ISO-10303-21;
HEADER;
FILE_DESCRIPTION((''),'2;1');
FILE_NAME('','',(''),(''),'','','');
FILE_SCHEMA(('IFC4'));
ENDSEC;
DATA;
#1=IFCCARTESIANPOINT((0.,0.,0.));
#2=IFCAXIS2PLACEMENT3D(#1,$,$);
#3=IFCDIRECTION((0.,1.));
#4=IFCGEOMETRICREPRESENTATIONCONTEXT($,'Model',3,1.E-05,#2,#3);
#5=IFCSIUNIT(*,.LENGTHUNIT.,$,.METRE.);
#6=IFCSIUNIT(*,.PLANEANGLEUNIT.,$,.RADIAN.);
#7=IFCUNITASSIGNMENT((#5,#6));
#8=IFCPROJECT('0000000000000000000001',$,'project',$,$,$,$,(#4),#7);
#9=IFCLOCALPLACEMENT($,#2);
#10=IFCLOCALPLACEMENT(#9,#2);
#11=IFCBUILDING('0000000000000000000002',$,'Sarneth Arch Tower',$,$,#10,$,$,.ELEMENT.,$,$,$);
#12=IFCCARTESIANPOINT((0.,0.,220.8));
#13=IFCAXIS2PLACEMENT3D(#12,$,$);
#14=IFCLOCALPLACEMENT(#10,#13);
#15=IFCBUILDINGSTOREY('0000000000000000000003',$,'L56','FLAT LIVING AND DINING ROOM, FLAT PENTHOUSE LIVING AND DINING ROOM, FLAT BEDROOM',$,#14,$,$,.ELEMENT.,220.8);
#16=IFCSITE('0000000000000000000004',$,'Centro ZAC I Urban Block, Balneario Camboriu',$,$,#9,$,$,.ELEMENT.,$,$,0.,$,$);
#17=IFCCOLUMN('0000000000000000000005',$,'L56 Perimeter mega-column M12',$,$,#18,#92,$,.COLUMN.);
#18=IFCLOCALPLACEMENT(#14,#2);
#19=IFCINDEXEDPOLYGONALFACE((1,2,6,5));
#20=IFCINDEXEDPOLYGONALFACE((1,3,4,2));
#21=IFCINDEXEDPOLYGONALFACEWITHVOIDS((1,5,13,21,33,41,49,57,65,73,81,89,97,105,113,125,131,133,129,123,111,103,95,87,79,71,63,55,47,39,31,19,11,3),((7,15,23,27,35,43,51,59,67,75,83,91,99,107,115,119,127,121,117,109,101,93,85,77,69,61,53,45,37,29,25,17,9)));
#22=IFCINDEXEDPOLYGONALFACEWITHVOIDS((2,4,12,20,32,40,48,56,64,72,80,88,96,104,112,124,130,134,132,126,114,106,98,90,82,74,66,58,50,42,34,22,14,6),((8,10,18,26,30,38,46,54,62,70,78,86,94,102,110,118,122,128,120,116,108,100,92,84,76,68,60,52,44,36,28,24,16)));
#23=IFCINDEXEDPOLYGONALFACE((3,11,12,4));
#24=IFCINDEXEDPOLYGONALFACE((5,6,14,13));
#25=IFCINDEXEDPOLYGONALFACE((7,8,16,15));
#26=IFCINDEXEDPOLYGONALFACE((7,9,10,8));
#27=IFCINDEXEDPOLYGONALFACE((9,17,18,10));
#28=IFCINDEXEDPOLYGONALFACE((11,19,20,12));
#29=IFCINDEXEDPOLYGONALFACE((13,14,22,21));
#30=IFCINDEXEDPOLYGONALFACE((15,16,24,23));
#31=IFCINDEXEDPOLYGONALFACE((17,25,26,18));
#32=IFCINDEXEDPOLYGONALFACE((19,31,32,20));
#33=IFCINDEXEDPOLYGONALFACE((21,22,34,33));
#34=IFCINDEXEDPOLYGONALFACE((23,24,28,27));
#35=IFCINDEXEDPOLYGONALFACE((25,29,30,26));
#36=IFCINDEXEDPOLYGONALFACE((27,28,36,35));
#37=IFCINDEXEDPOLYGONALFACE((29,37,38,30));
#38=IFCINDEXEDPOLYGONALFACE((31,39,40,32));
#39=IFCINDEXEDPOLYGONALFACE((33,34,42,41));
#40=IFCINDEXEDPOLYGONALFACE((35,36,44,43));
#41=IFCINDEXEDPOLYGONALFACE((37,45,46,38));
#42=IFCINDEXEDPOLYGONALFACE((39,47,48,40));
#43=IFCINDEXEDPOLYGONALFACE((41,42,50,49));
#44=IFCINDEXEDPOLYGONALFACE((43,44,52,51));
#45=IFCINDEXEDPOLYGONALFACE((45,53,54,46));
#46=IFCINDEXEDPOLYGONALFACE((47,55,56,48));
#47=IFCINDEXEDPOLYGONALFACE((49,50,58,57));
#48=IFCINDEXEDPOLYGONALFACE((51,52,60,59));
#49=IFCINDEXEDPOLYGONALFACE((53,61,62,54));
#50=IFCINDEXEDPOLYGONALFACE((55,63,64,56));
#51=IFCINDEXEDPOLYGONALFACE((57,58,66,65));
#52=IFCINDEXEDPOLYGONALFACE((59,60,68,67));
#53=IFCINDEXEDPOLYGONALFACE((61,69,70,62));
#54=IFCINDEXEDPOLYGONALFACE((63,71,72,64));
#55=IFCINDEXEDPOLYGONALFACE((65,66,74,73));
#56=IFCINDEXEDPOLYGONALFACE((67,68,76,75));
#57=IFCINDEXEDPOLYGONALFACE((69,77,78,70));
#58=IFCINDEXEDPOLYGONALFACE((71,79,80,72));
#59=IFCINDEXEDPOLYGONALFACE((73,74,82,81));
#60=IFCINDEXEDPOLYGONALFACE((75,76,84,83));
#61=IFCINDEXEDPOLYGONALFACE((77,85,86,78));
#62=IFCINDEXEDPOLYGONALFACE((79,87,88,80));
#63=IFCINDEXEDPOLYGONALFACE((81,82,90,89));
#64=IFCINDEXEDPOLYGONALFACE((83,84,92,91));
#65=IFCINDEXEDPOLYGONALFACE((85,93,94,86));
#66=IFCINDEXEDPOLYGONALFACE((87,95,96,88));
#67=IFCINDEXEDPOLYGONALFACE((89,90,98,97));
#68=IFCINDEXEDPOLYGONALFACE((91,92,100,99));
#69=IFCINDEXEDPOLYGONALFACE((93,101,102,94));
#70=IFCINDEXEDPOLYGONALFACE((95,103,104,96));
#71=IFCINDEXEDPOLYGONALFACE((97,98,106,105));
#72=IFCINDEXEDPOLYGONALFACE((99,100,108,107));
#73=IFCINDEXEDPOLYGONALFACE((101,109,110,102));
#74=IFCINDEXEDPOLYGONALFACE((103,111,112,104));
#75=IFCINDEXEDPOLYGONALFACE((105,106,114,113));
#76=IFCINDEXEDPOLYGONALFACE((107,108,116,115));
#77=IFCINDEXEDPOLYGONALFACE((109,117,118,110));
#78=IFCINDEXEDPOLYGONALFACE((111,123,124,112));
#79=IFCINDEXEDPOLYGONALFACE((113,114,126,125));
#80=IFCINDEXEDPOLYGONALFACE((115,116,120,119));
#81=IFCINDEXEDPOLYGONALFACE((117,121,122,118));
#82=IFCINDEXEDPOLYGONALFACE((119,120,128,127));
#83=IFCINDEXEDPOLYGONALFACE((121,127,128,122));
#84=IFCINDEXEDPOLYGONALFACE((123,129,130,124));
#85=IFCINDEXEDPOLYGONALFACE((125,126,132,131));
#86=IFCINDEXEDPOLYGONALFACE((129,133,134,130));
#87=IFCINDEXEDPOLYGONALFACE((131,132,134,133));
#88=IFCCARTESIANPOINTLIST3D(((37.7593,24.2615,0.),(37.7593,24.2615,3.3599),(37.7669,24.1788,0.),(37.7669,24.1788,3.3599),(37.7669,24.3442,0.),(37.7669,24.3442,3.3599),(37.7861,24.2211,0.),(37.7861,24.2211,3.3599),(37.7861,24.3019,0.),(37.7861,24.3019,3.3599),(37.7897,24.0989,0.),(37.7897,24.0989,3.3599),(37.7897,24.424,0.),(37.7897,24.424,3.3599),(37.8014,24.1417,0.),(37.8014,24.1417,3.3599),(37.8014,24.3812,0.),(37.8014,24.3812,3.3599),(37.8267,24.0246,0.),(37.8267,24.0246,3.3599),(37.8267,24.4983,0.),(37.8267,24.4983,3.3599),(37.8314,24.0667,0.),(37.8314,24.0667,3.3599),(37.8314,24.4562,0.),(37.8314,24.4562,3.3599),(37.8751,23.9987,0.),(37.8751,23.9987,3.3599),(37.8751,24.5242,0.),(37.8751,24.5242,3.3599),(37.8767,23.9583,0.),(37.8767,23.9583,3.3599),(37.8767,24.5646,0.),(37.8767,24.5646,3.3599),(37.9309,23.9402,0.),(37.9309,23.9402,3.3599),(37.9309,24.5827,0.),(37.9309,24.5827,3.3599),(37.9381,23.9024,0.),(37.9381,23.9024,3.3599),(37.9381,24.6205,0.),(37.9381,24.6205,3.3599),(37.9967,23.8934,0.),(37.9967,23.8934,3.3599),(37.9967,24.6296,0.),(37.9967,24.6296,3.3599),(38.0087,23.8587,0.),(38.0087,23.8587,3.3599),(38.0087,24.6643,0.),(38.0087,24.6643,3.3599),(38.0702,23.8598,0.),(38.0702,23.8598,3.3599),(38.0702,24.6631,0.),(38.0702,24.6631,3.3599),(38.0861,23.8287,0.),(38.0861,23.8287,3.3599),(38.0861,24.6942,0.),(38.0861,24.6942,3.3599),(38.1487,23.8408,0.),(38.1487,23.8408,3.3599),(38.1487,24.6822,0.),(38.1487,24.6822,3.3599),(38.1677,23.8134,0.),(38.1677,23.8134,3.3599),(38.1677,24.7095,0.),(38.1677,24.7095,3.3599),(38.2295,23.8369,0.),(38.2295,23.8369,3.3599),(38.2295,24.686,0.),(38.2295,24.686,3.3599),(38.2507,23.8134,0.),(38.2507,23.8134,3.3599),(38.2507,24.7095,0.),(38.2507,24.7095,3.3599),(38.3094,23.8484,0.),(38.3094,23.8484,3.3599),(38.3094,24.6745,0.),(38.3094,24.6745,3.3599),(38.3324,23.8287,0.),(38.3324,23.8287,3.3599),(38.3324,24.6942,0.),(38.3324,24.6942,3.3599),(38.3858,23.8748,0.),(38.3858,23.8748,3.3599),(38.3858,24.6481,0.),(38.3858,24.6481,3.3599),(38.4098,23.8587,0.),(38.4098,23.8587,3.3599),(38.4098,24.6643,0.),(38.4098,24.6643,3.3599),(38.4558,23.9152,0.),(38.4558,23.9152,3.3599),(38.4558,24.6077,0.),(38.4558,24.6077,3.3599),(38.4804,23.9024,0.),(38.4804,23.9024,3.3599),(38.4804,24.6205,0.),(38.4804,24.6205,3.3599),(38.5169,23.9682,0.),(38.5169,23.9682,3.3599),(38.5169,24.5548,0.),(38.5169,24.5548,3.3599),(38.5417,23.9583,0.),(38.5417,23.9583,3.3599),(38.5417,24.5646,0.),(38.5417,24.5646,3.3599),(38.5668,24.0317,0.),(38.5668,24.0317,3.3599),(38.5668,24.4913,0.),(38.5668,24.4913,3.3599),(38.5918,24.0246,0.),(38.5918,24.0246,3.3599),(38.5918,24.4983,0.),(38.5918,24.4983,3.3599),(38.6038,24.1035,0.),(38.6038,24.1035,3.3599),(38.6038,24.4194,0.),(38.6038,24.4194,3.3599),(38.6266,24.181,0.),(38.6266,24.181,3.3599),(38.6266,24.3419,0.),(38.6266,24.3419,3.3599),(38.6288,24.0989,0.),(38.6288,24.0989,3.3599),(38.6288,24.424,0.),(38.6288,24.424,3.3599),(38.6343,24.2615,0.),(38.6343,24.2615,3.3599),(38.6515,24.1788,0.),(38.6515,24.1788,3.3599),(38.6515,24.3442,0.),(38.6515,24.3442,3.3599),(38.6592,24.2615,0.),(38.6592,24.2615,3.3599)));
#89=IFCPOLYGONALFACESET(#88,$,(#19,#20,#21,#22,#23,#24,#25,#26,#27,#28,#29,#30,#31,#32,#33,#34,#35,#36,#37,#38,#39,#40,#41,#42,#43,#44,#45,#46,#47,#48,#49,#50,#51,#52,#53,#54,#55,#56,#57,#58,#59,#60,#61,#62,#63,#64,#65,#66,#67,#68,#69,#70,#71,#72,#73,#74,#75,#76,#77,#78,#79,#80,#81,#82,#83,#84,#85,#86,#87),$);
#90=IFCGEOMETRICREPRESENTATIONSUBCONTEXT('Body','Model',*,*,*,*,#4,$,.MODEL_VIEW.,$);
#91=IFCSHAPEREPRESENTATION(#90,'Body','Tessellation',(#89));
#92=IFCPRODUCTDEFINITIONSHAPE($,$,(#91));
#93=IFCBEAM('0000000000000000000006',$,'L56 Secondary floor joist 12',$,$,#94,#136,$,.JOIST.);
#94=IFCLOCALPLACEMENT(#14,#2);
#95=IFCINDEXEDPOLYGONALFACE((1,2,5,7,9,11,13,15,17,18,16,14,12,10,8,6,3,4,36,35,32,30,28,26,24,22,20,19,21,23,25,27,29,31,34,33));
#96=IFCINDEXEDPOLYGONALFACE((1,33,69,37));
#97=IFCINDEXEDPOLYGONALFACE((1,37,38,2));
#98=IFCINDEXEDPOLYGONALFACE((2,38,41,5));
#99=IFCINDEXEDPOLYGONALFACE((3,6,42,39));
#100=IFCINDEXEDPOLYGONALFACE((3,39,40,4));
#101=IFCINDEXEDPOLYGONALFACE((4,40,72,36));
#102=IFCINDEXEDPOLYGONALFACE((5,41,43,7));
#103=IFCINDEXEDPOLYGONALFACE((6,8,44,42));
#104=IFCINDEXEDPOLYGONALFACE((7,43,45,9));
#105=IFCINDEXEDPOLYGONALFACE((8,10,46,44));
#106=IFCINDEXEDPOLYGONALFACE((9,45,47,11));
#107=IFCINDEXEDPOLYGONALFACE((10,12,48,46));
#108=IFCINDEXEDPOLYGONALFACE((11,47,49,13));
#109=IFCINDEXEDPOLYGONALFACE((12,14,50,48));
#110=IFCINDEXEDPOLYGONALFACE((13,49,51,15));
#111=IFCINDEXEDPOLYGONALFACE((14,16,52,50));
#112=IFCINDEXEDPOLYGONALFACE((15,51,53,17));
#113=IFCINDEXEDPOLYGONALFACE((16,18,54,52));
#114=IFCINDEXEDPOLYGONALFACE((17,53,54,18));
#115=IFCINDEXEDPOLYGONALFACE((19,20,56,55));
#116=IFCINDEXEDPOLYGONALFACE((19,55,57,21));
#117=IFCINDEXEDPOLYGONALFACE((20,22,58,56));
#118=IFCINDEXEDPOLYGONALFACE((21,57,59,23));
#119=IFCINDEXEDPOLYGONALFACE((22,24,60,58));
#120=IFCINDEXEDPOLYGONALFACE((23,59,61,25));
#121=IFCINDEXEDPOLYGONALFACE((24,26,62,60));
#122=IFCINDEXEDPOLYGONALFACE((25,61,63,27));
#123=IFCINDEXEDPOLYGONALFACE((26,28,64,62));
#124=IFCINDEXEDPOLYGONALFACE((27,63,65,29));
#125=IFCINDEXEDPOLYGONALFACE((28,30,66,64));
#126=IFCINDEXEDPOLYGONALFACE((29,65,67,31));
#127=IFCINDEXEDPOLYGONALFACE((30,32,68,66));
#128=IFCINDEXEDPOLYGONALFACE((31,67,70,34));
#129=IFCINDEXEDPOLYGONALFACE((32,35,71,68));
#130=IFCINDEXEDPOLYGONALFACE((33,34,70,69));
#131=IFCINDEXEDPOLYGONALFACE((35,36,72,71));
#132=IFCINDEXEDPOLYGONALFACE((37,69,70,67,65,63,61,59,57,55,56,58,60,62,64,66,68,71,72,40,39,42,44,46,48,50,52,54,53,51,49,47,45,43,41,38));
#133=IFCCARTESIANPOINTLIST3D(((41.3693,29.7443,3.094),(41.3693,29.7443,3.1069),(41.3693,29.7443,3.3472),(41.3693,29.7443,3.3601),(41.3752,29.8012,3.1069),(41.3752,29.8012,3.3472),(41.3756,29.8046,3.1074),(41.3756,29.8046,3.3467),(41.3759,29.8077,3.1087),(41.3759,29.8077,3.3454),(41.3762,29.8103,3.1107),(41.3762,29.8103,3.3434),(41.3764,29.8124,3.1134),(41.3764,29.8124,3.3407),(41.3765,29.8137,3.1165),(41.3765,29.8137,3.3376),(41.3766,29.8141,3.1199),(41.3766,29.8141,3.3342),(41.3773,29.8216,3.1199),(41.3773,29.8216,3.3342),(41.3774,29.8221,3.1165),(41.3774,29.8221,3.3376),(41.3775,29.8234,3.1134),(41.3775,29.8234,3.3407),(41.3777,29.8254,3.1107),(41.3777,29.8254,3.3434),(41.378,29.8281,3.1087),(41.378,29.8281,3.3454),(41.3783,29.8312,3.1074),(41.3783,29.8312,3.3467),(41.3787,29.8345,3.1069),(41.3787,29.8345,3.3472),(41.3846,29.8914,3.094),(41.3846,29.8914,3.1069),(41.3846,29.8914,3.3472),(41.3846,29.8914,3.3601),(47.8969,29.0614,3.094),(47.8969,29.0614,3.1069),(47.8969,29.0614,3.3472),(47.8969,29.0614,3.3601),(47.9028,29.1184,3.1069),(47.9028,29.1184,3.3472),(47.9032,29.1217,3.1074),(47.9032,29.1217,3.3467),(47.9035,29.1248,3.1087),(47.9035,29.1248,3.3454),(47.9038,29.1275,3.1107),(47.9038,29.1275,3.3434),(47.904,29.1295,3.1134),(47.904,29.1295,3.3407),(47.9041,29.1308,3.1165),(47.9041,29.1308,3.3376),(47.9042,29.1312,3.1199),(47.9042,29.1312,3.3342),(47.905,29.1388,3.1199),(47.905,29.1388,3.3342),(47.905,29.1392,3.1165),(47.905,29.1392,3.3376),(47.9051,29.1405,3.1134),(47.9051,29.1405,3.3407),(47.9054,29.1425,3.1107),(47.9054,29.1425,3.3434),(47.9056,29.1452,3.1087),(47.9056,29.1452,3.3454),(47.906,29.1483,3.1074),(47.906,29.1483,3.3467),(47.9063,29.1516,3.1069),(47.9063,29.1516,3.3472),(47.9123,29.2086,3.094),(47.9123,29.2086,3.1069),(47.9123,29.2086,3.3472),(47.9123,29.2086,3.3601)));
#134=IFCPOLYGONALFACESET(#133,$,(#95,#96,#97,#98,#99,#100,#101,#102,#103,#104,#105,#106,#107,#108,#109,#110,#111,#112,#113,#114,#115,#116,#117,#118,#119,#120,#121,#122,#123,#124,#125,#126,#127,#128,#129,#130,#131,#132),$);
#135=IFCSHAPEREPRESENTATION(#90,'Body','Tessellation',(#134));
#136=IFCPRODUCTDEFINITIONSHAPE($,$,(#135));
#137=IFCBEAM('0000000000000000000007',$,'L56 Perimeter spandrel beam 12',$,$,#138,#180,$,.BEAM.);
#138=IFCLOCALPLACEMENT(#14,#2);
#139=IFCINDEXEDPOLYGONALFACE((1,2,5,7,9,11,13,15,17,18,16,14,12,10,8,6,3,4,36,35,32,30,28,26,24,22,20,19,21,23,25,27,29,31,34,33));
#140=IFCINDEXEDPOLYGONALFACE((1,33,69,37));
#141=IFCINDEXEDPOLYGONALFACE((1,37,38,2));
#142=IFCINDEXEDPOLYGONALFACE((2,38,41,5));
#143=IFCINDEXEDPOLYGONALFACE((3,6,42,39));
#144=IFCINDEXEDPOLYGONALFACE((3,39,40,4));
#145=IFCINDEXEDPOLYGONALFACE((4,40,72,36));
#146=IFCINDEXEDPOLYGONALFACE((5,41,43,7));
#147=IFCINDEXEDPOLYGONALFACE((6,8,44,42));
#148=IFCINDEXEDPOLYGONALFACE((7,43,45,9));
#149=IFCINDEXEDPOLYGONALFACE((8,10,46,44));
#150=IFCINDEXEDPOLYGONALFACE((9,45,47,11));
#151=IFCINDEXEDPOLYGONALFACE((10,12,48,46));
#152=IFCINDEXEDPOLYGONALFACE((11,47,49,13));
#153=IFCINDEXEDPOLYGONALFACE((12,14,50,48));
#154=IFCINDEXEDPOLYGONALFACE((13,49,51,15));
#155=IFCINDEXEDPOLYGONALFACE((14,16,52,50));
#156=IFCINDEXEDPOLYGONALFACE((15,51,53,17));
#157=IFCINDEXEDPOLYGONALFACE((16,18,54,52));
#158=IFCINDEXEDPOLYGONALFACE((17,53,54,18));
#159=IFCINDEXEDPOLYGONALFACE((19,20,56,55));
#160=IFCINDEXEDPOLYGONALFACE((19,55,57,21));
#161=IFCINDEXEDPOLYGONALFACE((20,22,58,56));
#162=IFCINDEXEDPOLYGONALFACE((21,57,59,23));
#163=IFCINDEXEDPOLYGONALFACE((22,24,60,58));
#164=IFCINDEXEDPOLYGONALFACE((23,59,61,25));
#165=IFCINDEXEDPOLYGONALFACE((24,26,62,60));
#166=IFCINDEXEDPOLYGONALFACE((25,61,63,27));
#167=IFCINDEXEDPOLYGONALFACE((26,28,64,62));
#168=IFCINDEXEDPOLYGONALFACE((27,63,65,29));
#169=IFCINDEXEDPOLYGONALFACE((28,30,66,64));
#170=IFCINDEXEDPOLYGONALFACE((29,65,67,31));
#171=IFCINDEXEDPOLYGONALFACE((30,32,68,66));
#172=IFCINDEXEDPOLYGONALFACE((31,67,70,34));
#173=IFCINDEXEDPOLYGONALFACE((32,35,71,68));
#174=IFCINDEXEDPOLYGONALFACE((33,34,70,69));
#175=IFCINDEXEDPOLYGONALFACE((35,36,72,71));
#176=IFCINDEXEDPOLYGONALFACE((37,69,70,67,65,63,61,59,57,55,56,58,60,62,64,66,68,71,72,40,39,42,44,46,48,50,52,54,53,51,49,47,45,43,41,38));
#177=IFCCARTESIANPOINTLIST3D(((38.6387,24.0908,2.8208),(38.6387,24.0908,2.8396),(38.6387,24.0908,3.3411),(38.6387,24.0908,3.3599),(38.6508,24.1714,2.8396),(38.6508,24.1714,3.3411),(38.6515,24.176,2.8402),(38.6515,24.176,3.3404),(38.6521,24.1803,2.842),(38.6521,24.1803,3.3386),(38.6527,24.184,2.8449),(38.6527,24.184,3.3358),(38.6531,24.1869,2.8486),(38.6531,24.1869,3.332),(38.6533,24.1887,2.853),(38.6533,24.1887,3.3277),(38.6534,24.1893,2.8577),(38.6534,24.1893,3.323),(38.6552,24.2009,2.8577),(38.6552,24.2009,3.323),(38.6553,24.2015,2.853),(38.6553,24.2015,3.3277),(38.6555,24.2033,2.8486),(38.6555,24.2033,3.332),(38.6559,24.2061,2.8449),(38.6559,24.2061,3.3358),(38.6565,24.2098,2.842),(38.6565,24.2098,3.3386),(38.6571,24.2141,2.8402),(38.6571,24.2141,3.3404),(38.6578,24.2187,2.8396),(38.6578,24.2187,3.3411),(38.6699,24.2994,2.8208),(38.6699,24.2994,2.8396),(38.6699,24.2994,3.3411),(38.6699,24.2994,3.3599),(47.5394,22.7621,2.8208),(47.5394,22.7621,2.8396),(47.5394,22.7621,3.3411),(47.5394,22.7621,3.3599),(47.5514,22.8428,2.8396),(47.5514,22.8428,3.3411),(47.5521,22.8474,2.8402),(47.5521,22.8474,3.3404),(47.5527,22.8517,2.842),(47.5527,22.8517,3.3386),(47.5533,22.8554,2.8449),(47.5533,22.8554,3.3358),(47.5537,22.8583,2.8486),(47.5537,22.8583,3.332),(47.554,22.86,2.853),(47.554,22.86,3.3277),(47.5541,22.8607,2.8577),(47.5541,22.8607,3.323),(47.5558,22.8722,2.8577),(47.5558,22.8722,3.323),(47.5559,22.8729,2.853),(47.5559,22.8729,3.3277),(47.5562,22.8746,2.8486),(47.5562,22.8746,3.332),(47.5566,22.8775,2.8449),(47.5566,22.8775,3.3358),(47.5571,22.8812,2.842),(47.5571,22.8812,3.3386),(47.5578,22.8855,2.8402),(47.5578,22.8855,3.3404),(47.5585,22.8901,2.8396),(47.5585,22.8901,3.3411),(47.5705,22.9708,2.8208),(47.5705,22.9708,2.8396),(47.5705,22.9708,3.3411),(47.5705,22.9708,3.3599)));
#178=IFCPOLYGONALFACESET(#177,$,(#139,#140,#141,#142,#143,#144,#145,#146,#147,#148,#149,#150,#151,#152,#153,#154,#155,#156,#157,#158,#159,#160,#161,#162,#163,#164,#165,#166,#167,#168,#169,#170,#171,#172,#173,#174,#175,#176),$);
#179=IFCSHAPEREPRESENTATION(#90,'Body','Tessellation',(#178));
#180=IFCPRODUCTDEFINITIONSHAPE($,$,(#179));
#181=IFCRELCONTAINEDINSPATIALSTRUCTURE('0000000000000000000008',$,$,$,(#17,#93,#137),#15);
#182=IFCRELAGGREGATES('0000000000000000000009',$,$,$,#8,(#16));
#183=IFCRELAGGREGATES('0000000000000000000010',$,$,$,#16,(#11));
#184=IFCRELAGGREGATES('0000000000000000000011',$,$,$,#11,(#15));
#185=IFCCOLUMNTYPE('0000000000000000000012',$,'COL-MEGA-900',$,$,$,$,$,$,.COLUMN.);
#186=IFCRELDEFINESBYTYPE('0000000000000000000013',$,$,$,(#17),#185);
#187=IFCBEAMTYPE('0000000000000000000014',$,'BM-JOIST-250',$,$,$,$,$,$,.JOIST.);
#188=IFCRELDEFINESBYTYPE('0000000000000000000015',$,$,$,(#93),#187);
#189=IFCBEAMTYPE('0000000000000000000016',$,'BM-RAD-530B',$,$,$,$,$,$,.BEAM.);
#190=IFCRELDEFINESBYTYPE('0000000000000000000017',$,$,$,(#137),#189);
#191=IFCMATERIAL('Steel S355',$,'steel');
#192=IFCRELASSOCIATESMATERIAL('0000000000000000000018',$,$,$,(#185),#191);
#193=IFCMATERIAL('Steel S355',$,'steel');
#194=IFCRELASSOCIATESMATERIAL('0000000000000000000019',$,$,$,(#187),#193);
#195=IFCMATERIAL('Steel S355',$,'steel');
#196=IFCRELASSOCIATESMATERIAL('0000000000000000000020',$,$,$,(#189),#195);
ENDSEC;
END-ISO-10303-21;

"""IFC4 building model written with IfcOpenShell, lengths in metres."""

from ifc_helpers import new_model, si_unit, direction, frame, origin, origin_2d, place, context, subcontext, project, spatial, hollow_circle, i_section, extrude, material, material_profile, profile_set, type_object, element, save


model = new_model("IFC4")

# Units and contexts
model_context = context("Model", 3, precision=1e-05, world=origin(), true_north=direction((0.0, 1.0)))
body_context = subcontext(model_context, "Body", "Model", "MODEL_VIEW")
ifc_project = project(units=[si_unit("LENGTHUNIT", "METRE"), si_unit("PLANEANGLEUNIT", "RADIAN")], contexts=[model_context])

# Site, building, storey
site_placement = place(None, origin())
site = spatial("IfcSite", under=ifc_project, at=site_placement, Name="Centro ZAC I Urban Block, Balneario Camboriu", CompositionType="ELEMENT", RefElevation=0.0)
building_placement = place(site_placement, origin())
building = spatial("IfcBuilding", under=site, at=building_placement, Name="Sarneth Arch Tower", CompositionType="ELEMENT")
storey_placement = place(building_placement, frame((0.0, 0.0, 220.8)))
storey = spatial("IfcBuildingStorey", under=building, at=storey_placement, Name="L56", Description="FLAT LIVING AND DINING ROOM, FLAT PENTHOUSE LIVING AND DINING ROOM, FLAT BEDROOM", CompositionType="ELEMENT", Elevation=220.8)

# Column
ifc_material_1 = material(Name="Steel S355", Category="steel")
ifc_material_profile_1 = material_profile(ifc_material_1, hollow_circle(Radius=0.45, WallThickness=0.0249, at=origin_2d()), Name="CHS900x25")
ifc_profile_set_1 = profile_set([ifc_material_profile_1], Name="Steel S355")
column_type = type_object("IfcColumnType", Name="COL-MEGA-900", PredefinedType="COLUMN", material=ifc_profile_set_1)
column_placement = place(storey_placement, frame((38.2092, 24.2615, 0.0), z_axis=(0.0, 0.0, 1.0), x_axis=(1.0, 0.0, 0.0)))
element("IfcColumn", 1, at=column_placement, inside=storey, type_object=column_type, Name="L56 Perimeter mega-column M12", PredefinedType="COLUMN", context=body_context, shape_type="SweptSolid", body=[
    extrude(hollow_circle(Radius=0.45, WallThickness=0.0249, at=origin_2d()), origin(), (0.0, 0.0, 1.0), 3.3599),
])

# Beams
ifc_material_2 = material(Name="Steel S355", Category="steel")
ifc_material_profile_2 = material_profile(ifc_material_2, i_section(OverallWidth=0.1479, OverallDepth=0.2661, WebThickness=0.0076, FlangeThickness=0.0129, FilletRadius=0.0129, at=origin_2d()), Name="W250x44.8")
ifc_profile_set_2 = profile_set([ifc_material_profile_2], Name="Steel S355")
beam_type_1 = type_object("IfcBeamType", Name="BM-JOIST-250", PredefinedType="JOIST", material=ifc_profile_set_2)
beam_1_placement = place(storey_placement, frame((41.377, 29.8179, 3.2271), z_axis=(0.994573, -0.104044, 0.0), x_axis=(0.104044, 0.994573, 0.0)))
element("IfcBeam", 2, at=beam_1_placement, inside=storey, type_object=beam_type_1, Name="L56 Secondary floor joist 12", PredefinedType="JOIST", context=body_context, shape_type="SweptSolid", body=[
    extrude(i_section(OverallWidth=0.1479, OverallDepth=0.2661, WebThickness=0.0076, FlangeThickness=0.0129, FilletRadius=0.0129, at=origin_2d()), origin(), (0.0, 0.0, 1.0), 6.5632),
])
ifc_material_3 = material(Name="Steel S355", Category="steel")
ifc_material_profile_3 = material_profile(ifc_material_3, i_section(OverallWidth=0.2109, OverallDepth=0.5391, WebThickness=0.0117, FlangeThickness=0.0188, FilletRadius=0.0181, at=origin_2d()), Name="W530x109")
ifc_profile_set_3 = profile_set([ifc_material_profile_3], Name="Steel S355")
beam_type_2 = type_object("IfcBeamType", Name="BM-RAD-530B", PredefinedType="BEAM", material=ifc_profile_set_3)
beam_2_placement = place(storey_placement, frame((38.6543, 24.1951, 3.0903), z_axis=(0.989042, -0.147636, 0.0), x_axis=(0.147636, 0.989042, 0.0)))
element("IfcBeam", 3, at=beam_2_placement, inside=storey, type_object=beam_type_2, Name="L56 Perimeter spandrel beam 12", PredefinedType="BEAM", context=body_context, shape_type="SweptSolid", body=[
    extrude(i_section(OverallWidth=0.2109, OverallDepth=0.5391, WebThickness=0.0117, FlangeThickness=0.0188, FilletRadius=0.0181, at=origin_2d()), origin(), (0.0, 0.0, 1.0), 8.9993),
])

save(model, "model.ifc")
